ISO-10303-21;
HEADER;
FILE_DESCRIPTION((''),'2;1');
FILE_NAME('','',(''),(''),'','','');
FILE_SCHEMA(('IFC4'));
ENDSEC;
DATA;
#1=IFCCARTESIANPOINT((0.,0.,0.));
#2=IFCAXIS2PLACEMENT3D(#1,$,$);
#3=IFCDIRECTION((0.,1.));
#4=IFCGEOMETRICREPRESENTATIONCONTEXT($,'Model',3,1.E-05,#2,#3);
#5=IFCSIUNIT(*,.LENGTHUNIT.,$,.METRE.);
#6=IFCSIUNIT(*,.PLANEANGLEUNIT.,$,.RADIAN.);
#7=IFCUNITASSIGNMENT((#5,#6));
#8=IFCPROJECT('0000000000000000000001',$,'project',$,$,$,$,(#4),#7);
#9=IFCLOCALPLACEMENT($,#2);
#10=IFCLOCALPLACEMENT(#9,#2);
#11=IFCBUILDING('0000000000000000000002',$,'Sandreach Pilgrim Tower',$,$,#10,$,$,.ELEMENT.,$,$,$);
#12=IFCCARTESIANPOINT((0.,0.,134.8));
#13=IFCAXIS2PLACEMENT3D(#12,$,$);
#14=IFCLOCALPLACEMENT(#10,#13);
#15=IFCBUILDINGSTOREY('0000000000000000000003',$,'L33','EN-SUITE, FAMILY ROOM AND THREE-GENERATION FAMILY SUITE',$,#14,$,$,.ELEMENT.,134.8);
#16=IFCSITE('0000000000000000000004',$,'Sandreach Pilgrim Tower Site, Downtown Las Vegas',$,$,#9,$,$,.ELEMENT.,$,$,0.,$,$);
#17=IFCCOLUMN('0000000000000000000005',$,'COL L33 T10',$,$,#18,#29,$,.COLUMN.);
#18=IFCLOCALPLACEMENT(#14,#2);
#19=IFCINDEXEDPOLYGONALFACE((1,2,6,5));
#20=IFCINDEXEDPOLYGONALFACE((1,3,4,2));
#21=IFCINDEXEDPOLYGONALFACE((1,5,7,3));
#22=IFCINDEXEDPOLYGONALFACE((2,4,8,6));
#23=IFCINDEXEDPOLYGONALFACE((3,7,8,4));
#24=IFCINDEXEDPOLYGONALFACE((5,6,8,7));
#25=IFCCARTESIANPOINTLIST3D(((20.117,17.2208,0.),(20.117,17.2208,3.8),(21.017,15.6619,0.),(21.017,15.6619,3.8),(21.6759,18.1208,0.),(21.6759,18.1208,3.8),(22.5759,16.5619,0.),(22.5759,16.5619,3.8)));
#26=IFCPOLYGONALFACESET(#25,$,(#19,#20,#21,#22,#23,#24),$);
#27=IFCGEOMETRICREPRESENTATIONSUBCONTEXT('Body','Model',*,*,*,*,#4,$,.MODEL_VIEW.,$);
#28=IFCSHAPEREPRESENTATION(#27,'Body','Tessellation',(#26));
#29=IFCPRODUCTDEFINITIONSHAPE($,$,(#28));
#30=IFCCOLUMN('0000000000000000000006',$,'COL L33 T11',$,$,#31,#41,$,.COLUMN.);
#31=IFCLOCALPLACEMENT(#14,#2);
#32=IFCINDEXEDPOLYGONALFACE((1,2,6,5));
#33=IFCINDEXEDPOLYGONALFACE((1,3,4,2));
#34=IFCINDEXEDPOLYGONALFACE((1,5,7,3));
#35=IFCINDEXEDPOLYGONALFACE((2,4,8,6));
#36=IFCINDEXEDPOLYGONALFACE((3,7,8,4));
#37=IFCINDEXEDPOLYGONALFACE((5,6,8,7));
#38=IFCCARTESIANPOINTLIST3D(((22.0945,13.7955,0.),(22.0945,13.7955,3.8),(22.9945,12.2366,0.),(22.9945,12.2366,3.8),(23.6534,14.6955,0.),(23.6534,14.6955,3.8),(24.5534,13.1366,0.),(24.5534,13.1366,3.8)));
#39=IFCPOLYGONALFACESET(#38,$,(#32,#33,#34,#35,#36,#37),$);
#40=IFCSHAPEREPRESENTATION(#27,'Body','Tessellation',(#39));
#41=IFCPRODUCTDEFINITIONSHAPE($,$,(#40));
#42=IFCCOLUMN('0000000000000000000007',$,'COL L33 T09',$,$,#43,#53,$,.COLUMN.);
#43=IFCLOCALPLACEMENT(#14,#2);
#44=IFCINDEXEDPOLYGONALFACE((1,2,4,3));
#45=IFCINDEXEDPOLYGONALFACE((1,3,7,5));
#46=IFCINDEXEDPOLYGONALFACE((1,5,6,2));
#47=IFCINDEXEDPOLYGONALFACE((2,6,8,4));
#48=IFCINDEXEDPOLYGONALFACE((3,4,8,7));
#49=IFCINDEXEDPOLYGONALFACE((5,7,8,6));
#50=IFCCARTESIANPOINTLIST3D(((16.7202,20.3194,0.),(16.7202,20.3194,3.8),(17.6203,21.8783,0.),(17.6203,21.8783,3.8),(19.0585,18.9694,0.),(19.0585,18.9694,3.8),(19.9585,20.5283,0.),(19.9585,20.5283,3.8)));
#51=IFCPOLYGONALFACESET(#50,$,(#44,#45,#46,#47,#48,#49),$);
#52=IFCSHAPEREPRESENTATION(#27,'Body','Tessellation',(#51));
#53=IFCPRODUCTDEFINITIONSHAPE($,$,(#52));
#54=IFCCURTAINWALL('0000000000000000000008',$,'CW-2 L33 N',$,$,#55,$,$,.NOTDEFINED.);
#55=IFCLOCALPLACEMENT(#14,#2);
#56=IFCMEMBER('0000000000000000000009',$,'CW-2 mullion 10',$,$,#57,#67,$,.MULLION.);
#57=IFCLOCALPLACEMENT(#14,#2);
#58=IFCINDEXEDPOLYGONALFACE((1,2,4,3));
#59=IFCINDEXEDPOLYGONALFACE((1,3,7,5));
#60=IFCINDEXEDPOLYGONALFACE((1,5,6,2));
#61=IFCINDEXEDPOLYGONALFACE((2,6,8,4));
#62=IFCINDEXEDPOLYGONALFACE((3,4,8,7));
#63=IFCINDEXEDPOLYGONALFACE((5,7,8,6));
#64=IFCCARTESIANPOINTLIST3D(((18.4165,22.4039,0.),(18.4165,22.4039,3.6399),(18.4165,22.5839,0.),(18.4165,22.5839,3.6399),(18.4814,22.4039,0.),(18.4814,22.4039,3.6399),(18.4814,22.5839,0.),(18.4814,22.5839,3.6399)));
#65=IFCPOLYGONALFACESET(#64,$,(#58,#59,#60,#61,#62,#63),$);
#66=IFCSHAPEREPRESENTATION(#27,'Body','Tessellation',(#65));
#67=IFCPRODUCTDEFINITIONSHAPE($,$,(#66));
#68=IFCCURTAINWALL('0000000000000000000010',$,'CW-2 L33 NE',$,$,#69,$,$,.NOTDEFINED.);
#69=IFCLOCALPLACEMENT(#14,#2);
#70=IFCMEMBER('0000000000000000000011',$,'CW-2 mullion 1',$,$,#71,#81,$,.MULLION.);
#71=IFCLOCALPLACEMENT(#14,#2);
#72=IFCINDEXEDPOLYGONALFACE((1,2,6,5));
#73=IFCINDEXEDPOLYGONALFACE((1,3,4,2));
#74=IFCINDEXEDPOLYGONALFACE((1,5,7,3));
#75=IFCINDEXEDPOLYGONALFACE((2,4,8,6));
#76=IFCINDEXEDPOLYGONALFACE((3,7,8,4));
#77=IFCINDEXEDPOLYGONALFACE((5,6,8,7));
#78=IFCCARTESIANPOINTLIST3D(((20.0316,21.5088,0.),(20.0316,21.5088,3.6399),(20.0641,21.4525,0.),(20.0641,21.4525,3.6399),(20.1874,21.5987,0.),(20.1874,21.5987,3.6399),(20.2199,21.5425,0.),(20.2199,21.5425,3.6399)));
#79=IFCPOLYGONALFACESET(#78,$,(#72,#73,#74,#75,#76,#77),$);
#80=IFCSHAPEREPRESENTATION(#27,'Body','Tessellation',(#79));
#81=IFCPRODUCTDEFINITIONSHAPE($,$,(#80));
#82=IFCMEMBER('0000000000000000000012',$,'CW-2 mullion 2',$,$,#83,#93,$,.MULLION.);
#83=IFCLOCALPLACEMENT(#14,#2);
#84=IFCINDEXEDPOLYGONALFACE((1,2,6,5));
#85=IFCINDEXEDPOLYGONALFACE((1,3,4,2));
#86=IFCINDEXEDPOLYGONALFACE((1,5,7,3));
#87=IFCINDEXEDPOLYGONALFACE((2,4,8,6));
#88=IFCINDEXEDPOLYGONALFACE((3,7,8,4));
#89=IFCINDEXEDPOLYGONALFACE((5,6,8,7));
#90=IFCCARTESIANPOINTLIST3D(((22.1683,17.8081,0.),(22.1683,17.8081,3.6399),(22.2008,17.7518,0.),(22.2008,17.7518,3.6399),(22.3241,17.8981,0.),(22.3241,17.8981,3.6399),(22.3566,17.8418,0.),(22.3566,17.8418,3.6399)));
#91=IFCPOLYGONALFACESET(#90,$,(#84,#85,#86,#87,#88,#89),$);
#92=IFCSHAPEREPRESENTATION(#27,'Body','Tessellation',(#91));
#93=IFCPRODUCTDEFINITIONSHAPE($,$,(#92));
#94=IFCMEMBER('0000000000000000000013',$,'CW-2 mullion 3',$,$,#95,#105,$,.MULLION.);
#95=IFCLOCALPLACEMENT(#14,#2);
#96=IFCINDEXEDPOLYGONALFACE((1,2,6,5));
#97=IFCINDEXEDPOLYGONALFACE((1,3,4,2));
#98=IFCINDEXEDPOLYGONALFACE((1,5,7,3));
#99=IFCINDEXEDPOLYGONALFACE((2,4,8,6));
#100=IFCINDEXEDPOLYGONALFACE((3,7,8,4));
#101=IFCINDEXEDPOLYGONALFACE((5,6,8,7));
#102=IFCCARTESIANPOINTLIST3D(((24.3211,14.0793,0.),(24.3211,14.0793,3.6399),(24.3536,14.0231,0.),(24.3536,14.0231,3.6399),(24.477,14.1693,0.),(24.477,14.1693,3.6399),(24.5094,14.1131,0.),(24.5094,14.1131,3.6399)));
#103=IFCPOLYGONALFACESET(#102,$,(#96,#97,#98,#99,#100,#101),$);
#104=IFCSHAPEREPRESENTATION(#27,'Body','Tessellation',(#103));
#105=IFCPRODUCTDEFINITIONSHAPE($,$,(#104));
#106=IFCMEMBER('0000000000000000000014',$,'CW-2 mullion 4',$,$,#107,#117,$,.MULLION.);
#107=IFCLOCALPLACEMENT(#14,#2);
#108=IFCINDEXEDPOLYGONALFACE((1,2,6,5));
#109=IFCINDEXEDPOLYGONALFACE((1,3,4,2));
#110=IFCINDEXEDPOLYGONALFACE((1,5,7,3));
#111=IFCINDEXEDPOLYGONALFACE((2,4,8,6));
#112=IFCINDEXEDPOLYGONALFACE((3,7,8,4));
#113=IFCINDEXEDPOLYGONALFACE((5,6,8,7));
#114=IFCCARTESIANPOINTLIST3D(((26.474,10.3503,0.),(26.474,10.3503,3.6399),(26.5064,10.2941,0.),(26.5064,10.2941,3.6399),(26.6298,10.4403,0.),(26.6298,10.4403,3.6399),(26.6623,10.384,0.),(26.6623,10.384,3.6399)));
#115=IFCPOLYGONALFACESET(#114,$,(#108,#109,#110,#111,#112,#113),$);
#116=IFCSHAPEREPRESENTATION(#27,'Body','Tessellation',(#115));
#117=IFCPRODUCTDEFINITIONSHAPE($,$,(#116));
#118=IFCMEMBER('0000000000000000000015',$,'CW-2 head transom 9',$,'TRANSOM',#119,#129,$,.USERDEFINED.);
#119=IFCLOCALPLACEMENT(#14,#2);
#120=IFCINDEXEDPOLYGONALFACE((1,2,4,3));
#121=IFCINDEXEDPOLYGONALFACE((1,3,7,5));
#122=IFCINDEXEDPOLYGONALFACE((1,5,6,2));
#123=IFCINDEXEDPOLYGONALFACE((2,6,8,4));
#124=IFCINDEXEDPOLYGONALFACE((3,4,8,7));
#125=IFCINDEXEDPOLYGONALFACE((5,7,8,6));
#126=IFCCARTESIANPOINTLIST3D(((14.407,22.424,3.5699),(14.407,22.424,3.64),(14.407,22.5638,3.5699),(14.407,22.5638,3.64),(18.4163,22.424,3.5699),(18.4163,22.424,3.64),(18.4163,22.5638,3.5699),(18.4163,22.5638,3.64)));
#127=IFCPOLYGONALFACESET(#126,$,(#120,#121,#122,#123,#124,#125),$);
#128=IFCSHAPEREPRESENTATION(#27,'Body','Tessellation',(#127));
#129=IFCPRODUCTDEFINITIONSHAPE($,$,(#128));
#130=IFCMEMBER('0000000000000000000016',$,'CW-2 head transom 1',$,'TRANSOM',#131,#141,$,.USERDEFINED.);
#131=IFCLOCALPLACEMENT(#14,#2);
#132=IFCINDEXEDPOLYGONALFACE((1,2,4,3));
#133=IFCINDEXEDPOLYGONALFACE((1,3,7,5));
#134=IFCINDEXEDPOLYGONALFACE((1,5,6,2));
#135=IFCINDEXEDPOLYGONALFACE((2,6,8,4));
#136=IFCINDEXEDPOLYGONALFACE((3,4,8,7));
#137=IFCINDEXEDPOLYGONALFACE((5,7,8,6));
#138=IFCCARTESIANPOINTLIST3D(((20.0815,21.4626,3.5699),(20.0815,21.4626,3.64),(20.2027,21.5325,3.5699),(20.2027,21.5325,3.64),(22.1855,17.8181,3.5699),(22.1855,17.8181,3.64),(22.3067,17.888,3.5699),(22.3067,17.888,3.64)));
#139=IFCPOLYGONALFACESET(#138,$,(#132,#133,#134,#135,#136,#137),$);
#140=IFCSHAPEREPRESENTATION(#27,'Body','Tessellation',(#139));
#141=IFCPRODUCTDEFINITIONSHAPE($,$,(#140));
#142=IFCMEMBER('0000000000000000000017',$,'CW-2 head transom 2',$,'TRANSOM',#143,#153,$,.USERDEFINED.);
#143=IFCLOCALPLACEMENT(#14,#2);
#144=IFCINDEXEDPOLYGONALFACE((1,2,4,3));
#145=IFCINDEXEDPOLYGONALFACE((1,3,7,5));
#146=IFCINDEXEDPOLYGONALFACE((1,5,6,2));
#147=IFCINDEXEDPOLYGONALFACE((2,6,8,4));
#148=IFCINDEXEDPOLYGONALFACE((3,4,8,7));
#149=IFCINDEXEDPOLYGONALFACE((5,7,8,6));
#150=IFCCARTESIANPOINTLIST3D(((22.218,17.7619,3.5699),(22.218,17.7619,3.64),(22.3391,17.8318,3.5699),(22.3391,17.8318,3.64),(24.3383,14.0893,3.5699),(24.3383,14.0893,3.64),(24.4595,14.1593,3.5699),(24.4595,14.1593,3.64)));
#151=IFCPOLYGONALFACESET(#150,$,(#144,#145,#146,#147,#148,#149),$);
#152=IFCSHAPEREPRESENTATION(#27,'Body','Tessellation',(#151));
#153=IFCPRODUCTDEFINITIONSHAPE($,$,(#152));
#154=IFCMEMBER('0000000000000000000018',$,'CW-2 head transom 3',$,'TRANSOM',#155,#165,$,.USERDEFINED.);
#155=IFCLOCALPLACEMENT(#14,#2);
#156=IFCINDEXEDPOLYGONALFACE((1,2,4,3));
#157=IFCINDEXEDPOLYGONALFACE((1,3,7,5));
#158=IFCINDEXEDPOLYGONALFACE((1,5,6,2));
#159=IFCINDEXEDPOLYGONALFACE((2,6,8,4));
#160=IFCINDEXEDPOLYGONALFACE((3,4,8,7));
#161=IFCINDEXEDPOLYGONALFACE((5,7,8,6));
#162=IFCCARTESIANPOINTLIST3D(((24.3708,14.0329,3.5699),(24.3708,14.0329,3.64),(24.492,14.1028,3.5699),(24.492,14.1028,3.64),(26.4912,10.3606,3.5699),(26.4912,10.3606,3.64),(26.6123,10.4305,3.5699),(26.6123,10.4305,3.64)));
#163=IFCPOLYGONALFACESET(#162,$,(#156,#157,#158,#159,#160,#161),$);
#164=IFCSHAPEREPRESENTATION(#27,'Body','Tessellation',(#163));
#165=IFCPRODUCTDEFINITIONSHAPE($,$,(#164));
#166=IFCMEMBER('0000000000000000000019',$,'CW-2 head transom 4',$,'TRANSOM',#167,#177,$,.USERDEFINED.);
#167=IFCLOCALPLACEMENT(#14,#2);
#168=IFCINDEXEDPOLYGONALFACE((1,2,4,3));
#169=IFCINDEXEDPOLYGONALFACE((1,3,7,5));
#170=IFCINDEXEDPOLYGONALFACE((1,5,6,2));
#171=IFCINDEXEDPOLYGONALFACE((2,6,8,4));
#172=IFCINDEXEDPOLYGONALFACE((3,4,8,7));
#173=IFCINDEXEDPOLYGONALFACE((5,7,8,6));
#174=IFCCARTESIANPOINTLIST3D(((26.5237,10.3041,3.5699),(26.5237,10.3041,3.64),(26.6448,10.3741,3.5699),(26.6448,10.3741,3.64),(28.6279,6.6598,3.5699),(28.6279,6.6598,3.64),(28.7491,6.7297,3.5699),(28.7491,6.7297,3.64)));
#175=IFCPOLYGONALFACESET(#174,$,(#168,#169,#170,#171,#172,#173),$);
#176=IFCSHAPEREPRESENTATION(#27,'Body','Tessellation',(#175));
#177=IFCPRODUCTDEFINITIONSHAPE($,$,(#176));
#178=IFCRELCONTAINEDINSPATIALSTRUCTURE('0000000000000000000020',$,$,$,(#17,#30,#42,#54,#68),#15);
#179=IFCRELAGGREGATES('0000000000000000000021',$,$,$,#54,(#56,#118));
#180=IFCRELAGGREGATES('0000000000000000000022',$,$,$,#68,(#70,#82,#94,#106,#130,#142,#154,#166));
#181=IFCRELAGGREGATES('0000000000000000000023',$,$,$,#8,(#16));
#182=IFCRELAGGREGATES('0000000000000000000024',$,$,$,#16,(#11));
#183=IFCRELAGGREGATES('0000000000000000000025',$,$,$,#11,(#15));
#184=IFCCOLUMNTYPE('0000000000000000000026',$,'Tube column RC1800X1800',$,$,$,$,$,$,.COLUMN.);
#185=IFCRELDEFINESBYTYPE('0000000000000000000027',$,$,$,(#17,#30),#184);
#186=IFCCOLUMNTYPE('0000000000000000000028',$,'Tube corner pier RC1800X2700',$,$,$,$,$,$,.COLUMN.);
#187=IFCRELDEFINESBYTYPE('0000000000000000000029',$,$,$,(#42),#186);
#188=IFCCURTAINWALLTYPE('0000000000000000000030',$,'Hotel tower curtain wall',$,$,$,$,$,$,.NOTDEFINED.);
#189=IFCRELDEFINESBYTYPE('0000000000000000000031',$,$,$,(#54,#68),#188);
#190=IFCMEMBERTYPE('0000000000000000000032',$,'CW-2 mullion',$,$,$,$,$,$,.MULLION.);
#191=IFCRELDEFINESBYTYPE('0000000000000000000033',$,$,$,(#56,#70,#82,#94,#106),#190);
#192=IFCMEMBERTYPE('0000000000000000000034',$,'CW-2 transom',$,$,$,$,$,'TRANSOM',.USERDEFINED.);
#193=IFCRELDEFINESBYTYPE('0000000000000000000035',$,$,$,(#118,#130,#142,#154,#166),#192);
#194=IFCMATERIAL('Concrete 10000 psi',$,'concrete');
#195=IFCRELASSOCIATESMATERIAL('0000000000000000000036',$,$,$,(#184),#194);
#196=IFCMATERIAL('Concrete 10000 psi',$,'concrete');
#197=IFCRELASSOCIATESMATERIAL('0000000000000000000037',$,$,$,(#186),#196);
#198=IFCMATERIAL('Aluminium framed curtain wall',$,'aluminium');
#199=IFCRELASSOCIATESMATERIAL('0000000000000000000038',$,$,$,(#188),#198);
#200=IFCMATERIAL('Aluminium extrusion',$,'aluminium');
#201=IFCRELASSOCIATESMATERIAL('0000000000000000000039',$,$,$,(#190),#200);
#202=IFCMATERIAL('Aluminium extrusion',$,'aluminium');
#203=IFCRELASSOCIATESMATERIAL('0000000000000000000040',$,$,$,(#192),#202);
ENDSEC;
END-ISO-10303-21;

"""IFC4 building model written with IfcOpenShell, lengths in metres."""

from ifc_helpers import new_model, si_unit, direction, frame, origin, origin_2d, place, context, subcontext, project, spatial, rectangle, extrude, material, material_profile, profile_set, type_object, element, aggregate, save


model = new_model("IFC4")

# Units and contexts
model_context = context("Model", 3, precision=1e-05, world=origin(), true_north=direction((0.0, 1.0)))
body_context = subcontext(model_context, "Body", "Model", "MODEL_VIEW")
ifc_project = project(units=[si_unit("LENGTHUNIT", "METRE"), si_unit("PLANEANGLEUNIT", "RADIAN")], contexts=[model_context])

# Site, building, storey
site_placement = place(None, origin())
site = spatial("IfcSite", under=ifc_project, at=site_placement, Name="Sandreach Pilgrim Tower Site, Downtown Las Vegas", CompositionType="ELEMENT", RefElevation=0.0)
building_placement = place(site_placement, origin())
building = spatial("IfcBuilding", under=site, at=building_placement, Name="Sandreach Pilgrim Tower", CompositionType="ELEMENT")
storey_placement = place(building_placement, frame((0.0, 0.0, 134.8)))
storey = spatial("IfcBuildingStorey", under=building, at=storey_placement, Name="L33", Description="EN-SUITE, FAMILY ROOM AND THREE-GENERATION FAMILY SUITE", CompositionType="ELEMENT", Elevation=134.8)

# Columns
ifc_material_1 = material(Name="Concrete 10000 psi", Category="concrete")
ifc_material_profile_1 = material_profile(ifc_material_1, rectangle(XDim=1.8, YDim=1.8, at=origin_2d()), Name="RC1800X1800")
ifc_profile_set_1 = profile_set([ifc_material_profile_1], Name="Concrete 10000 psi")
column_type_1 = type_object("IfcColumnType", Name="Tube column RC1800X1800", PredefinedType="COLUMN", material=ifc_profile_set_1)
for number, where, z_axis, x_axis, name in (
    (1, (21.3464, 16.8914, 0.0), (0.0, 0.0, 1.0), (0.866025, 0.5, 0.0), "COL L33 T10"),
    (2, (23.324, 13.4661, 0.0), (0.0, 0.0, 1.0), (0.866025, 0.5, 0.0), "COL L33 T11"),
):
    element("IfcColumn", number, at=place(storey_placement, frame(where, z_axis=z_axis, x_axis=x_axis)), inside=storey, type_object=column_type_1, Name=name, PredefinedType="COLUMN", context=body_context, shape_type="SweptSolid", body=[
        extrude(rectangle(XDim=1.8, YDim=1.8, at=origin_2d()), origin(), (0.0, 0.0, 1.0), 3.8),
    ])
ifc_material_2 = material(Name="Concrete 10000 psi", Category="concrete")
ifc_material_profile_2 = material_profile(ifc_material_2, rectangle(XDim=1.8, YDim=2.7, at=origin_2d()), Name="RC1800X2700")
ifc_profile_set_2 = profile_set([ifc_material_profile_2], Name="Concrete 10000 psi")
column_type_2 = type_object("IfcColumnType", Name="Tube corner pier RC1800X2700", PredefinedType="COLUMN", material=ifc_profile_set_2)
column_placement = place(storey_placement, frame((18.3394, 20.4238, 0.0), z_axis=(0.0, 0.0, 1.0), x_axis=(0.5, 0.866025, 0.0)))
element("IfcColumn", 3, at=column_placement, inside=storey, type_object=column_type_2, Name="COL L33 T09", PredefinedType="COLUMN", context=body_context, shape_type="SweptSolid", body=[
    extrude(rectangle(XDim=1.8, YDim=2.7, at=origin_2d()), origin(), (0.0, 0.0, 1.0), 3.8),
])

# Curtain wall, member
ifc_material_3 = material(Name="Aluminium framed curtain wall", Category="aluminium")
curtain_wall_type = type_object("IfcCurtainWallType", Name="Hotel tower curtain wall", PredefinedType="NOTDEFINED", material=ifc_material_3)
curtain_wall_1_placement = place(storey_placement, origin())
curtain_wall_1 = element("IfcCurtainWall", 4, at=curtain_wall_1_placement, inside=storey, type_object=curtain_wall_type, Name="CW-2 L33 N", PredefinedType="NOTDEFINED")
ifc_material_4 = material(Name="Aluminium extrusion", Category="aluminium")
ifc_material_profile_3 = material_profile(ifc_material_4, rectangle(XDim=0.0649, YDim=0.1799, at=origin_2d()), Name="CW-2M 65X180")
ifc_profile_set_3 = profile_set([ifc_material_profile_3], Name="Aluminium extrusion")
member_type_1 = type_object("IfcMemberType", Name="CW-2 mullion", PredefinedType="MULLION", material=ifc_profile_set_3)
member_1_placement = place(storey_placement, frame((18.449, 22.4939, 0.0), z_axis=(0.0, 0.0, 1.0), x_axis=(1.0, 0.0, 0.0)))
member_1 = element("IfcMember", 5, at=member_1_placement, type_object=member_type_1, Name="CW-2 mullion 10", PredefinedType="MULLION", context=body_context, shape_type="SweptSolid", body=[
    extrude(rectangle(XDim=0.0649, YDim=0.1799, at=origin_2d()), origin(), (0.0, 0.0, 1.0), 3.6399),
])

# Curtain wall, members
curtain_wall_2_placement = place(storey_placement, origin())
curtain_wall_2 = element("IfcCurtainWall", 6, at=curtain_wall_2_placement, inside=storey, type_object=curtain_wall_type, Name="CW-2 L33 NE", PredefinedType="NOTDEFINED")
member_2_placement = place(storey_placement, frame((20.1257, 21.5256, 0.0), z_axis=(0.0, 0.0, 1.0), x_axis=(0.5, -0.866025, 0.0)))
member_2 = element("IfcMember", 7, at=member_2_placement, type_object=member_type_1, Name="CW-2 mullion 1", PredefinedType="MULLION", context=body_context, shape_type="SweptSolid", body=[
    extrude(rectangle(XDim=0.0649, YDim=0.1799, at=origin_2d()), origin(), (0.0, 0.0, 1.0), 3.6399),
])
member_3_placement = place(storey_placement, frame((22.2625, 17.825, 0.0), z_axis=(0.0, 0.0, 1.0), x_axis=(0.5, -0.866025, 0.0)))
member_3 = element("IfcMember", 8, at=member_3_placement, type_object=member_type_1, Name="CW-2 mullion 2", PredefinedType="MULLION", context=body_context, shape_type="SweptSolid", body=[
    extrude(rectangle(XDim=0.0649, YDim=0.1799, at=origin_2d()), origin(), (0.0, 0.0, 1.0), 3.6399),
])
member_4_placement = place(storey_placement, frame((24.4153, 14.0962, 0.0), z_axis=(0.0, 0.0, 1.0), x_axis=(0.5, -0.866025, 0.0)))
member_4 = element("IfcMember", 9, at=member_4_placement, type_object=member_type_1, Name="CW-2 mullion 3", PredefinedType="MULLION", context=body_context, shape_type="SweptSolid", body=[
    extrude(rectangle(XDim=0.0649, YDim=0.1799, at=origin_2d()), origin(), (0.0, 0.0, 1.0), 3.6399),
])
member_5_placement = place(storey_placement, frame((26.5681, 10.3672, 0.0), z_axis=(0.0, 0.0, 1.0), x_axis=(0.5, -0.866025, 0.0)))
member_5 = element("IfcMember", 10, at=member_5_placement, type_object=member_type_1, Name="CW-2 mullion 4", PredefinedType="MULLION", context=body_context, shape_type="SweptSolid", body=[
    extrude(rectangle(XDim=0.0649, YDim=0.1799, at=origin_2d()), origin(), (0.0, 0.0, 1.0), 3.6399),
])

# Members
ifc_material_5 = material(Name="Aluminium extrusion", Category="aluminium")
ifc_material_profile_4 = material_profile(ifc_material_5, rectangle(XDim=0.1399, YDim=0.0701, at=origin_2d()), Name="CW-2T 140X70")
ifc_profile_set_4 = profile_set([ifc_material_profile_4], Name="Aluminium extrusion")
member_type_2 = type_object("IfcMemberType", Name="CW-2 transom", ElementType="TRANSOM", PredefinedType="USERDEFINED", material=ifc_profile_set_4)
member_6_placement = place(storey_placement, frame((14.407, 22.4939, 3.605), z_axis=(1.0, 0.0, 0.0), x_axis=(0.0, 1.0, 0.0)))
member_6 = element("IfcMember", 11, at=member_6_placement, type_object=member_type_2, Name="CW-2 head transom 9", ObjectType="TRANSOM", PredefinedType="USERDEFINED", context=body_context, shape_type="SweptSolid", body=[
    extrude(rectangle(XDim=0.1399, YDim=0.0701, at=origin_2d()), origin(), (0.0, 0.0, 1.0), 4.0093),
])
member_7_placement = place(storey_placement, frame((20.1421, 21.4976, 3.605), z_axis=(0.49997, -0.866043, 0.0), x_axis=(0.866043, 0.49997, 0.0)))
member_7 = element("IfcMember", 12, at=member_7_placement, type_object=member_type_2, Name="CW-2 head transom 1", ObjectType="TRANSOM", PredefinedType="USERDEFINED", context=body_context, shape_type="SweptSolid", body=[
    extrude(rectangle(XDim=0.1399, YDim=0.0701, at=origin_2d()), origin(), (0.0, 0.0, 1.0), 4.2083),
])
member_8_placement = place(storey_placement, frame((22.2786, 17.7969, 3.605), z_axis=(0.499997, -0.866027, 0.0), x_axis=(0.866027, 0.499997, 0.0)))
member_8 = element("IfcMember", 13, at=member_8_placement, type_object=member_type_2, Name="CW-2 head transom 2", ObjectType="TRANSOM", PredefinedType="USERDEFINED", context=body_context, shape_type="SweptSolid", body=[
    extrude(rectangle(XDim=0.1399, YDim=0.0701, at=origin_2d()), origin(), (0.0, 0.0, 1.0), 4.2407),
])
member_9_placement = place(storey_placement, frame((24.4314, 14.0679, 3.605), z_axis=(0.500021, -0.866013, 0.0), x_axis=(0.866013, 0.500021, 0.0)))
member_9 = element("IfcMember", 14, at=member_9_placement, type_object=member_type_2, Name="CW-2 head transom 3", ObjectType="TRANSOM", PredefinedType="USERDEFINED", context=body_context, shape_type="SweptSolid", body=[
    extrude(rectangle(XDim=0.1399, YDim=0.0701, at=origin_2d()), origin(), (0.0, 0.0, 1.0), 4.2405),
])
member_10_placement = place(storey_placement, frame((26.5842, 10.3391, 3.605), z_axis=(0.500039, -0.866003, 0.0), x_axis=(0.866003, 0.500039, 0.0)))
member_10 = element("IfcMember", 15, at=member_10_placement, type_object=member_type_2, Name="CW-2 head transom 4", ObjectType="TRANSOM", PredefinedType="USERDEFINED", context=body_context, shape_type="SweptSolid", body=[
    extrude(rectangle(XDim=0.1399, YDim=0.0701, at=origin_2d()), origin(), (0.0, 0.0, 1.0), 4.2083),
])

aggregate(curtain_wall_1, [member_1, member_6])
aggregate(curtain_wall_2, [member_2, member_3, member_4, member_5, member_7, member_8, member_9, member_10])

save(model, "model.ifc")
